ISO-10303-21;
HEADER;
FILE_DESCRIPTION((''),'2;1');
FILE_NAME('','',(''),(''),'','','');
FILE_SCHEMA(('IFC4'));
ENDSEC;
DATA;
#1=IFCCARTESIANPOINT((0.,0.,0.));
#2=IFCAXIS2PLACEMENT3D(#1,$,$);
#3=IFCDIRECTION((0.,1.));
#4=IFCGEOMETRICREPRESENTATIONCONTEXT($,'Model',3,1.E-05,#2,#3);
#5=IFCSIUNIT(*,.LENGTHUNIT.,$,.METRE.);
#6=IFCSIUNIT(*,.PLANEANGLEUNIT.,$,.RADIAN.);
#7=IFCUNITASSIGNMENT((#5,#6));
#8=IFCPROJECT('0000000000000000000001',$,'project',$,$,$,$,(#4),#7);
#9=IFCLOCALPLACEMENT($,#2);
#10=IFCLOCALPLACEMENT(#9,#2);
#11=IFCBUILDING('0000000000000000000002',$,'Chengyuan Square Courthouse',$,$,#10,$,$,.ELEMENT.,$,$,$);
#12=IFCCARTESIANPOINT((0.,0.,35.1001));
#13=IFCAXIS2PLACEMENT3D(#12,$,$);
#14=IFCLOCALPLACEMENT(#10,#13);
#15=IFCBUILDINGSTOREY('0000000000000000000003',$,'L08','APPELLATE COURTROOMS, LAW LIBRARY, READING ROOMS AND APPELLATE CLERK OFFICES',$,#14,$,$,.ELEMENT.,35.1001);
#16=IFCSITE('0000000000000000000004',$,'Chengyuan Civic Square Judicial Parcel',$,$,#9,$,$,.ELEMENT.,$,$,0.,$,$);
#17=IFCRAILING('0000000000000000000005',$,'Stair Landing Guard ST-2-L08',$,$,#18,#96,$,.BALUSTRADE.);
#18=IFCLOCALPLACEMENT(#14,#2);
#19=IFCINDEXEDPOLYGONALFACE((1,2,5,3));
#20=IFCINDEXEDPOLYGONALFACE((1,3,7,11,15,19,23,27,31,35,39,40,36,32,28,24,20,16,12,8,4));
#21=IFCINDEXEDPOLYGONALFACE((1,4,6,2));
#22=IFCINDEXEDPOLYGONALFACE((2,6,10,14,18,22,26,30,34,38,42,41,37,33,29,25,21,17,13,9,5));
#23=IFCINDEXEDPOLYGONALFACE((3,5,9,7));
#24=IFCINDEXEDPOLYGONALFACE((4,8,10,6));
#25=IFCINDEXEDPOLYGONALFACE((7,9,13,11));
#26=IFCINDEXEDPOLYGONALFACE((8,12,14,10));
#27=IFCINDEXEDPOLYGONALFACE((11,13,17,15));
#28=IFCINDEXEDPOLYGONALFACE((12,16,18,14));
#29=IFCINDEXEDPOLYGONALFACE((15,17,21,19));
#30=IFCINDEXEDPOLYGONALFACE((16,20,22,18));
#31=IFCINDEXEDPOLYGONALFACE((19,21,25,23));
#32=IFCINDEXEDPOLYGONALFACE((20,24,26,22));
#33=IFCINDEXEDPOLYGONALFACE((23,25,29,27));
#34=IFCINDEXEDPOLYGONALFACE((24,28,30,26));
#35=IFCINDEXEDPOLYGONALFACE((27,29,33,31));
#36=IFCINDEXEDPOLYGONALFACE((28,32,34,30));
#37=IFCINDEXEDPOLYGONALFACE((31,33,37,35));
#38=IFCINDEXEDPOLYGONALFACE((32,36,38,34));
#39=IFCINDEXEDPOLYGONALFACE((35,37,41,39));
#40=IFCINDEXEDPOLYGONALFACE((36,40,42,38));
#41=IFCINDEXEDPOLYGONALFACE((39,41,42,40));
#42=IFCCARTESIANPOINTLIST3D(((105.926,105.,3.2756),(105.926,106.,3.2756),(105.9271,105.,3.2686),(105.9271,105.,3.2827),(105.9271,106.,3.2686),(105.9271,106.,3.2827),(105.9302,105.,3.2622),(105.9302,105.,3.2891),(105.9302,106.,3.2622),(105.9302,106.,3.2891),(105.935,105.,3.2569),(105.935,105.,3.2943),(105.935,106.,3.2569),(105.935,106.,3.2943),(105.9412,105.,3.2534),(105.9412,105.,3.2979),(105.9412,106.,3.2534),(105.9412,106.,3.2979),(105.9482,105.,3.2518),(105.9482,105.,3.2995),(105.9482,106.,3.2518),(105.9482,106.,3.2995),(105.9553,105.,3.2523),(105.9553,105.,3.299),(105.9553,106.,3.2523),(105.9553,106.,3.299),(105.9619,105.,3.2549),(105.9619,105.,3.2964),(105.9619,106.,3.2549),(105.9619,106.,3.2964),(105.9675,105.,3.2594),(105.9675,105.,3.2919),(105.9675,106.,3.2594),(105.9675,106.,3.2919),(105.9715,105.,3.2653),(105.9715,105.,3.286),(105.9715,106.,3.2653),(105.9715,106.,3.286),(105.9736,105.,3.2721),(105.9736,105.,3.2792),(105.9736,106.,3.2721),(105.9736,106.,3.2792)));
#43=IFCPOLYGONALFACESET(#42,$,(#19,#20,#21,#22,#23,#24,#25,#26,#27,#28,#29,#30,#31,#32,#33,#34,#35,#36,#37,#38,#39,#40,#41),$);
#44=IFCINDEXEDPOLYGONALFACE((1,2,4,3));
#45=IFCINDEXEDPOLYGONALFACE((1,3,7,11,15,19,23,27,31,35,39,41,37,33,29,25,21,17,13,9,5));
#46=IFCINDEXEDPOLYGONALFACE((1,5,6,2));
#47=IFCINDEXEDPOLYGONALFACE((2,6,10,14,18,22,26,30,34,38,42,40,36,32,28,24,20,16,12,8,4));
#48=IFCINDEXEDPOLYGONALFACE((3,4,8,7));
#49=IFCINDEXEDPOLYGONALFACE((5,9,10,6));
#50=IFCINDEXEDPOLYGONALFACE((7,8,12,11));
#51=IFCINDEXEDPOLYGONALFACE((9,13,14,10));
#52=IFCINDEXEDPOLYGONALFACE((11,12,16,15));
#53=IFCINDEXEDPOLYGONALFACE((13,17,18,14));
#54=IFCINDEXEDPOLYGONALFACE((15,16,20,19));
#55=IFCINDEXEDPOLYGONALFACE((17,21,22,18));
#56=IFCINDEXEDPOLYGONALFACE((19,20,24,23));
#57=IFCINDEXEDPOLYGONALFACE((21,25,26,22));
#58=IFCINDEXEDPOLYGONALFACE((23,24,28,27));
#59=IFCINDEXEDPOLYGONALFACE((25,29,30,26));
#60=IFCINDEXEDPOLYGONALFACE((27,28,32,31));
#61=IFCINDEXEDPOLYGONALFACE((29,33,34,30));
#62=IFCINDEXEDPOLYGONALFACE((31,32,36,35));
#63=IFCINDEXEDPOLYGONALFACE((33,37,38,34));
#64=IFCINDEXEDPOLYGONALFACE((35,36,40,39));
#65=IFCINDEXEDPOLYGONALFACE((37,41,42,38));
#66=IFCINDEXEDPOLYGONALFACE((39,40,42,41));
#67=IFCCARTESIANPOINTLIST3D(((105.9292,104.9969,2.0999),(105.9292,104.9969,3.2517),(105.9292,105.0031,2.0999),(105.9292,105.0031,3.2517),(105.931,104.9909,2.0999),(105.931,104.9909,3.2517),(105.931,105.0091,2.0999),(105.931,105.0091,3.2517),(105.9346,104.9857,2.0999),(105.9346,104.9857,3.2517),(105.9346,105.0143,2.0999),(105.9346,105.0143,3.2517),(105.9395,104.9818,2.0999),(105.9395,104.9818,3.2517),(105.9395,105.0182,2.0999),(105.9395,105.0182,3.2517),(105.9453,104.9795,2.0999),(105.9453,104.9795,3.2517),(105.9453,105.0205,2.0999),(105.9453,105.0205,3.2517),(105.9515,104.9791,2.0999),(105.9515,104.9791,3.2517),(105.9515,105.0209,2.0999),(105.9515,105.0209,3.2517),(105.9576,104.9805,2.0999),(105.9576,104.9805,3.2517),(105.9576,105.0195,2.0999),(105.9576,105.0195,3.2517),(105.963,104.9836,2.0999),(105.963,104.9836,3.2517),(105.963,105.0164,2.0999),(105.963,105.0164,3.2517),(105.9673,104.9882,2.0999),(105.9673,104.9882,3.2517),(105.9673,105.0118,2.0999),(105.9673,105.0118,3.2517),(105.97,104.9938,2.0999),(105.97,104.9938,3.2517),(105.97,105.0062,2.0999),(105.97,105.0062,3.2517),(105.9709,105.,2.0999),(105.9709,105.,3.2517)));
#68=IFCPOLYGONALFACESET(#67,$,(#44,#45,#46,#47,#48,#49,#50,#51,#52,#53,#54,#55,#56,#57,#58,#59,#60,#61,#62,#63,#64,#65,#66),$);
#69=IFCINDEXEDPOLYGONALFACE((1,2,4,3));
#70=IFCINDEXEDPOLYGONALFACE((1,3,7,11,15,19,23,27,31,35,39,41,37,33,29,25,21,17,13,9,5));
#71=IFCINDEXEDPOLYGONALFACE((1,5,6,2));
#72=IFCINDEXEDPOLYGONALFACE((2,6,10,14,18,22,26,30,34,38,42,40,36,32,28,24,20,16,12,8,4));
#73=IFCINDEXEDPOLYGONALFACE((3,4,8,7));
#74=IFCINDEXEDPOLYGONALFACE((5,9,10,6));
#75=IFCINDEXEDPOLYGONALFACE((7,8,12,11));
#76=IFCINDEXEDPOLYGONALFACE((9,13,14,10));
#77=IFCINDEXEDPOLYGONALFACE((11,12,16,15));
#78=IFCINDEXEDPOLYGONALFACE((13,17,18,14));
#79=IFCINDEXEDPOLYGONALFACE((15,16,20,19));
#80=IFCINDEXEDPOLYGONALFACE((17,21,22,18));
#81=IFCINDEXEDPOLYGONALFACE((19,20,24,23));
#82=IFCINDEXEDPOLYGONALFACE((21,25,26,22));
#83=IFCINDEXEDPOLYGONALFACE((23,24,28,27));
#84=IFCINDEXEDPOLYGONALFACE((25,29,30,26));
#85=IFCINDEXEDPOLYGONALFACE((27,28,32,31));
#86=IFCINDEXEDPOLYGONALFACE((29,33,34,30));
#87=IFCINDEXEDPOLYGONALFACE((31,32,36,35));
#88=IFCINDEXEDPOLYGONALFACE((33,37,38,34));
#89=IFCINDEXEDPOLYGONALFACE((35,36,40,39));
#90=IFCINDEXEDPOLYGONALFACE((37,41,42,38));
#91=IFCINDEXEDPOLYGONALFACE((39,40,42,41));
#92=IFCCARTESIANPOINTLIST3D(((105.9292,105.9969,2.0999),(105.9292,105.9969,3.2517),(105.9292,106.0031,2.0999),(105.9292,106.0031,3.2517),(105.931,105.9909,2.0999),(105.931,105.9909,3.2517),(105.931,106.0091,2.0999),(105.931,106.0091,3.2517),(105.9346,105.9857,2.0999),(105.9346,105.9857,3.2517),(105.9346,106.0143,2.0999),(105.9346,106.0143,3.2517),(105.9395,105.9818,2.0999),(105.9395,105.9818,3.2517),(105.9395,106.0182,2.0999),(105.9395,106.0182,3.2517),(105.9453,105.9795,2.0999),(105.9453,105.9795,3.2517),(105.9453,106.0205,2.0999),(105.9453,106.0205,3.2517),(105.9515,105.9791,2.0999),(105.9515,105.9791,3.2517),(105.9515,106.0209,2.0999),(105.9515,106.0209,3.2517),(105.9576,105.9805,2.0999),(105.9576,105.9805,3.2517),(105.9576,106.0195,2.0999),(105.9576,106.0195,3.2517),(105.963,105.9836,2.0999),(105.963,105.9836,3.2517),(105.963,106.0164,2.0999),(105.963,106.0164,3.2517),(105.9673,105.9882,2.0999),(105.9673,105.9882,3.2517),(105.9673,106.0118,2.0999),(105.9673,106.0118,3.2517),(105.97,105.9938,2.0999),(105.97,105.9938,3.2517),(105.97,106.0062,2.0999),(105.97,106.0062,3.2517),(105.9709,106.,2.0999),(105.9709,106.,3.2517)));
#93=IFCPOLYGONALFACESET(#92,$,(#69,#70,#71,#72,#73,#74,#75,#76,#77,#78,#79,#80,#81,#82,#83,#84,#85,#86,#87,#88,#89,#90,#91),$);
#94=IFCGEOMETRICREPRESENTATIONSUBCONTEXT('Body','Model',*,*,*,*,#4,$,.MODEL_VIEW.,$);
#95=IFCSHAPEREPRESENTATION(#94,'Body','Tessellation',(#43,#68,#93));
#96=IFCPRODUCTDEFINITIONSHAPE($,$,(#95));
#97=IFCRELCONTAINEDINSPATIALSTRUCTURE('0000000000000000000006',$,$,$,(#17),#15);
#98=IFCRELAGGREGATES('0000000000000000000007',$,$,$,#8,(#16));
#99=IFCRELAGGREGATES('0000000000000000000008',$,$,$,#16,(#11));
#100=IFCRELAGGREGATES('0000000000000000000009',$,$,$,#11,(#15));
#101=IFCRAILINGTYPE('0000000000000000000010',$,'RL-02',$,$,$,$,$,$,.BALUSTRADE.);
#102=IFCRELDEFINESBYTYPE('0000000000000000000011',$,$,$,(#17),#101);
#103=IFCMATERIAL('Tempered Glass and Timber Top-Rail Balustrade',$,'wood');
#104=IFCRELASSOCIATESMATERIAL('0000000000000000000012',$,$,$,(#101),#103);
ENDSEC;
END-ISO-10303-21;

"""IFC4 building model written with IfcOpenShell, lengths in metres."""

from ifc_helpers import new_model, si_unit, direction, frame, origin, origin_2d, place, context, subcontext, project, spatial, circle, extrude, material, type_object, element, save


model = new_model("IFC4")

# Units and contexts
model_context = context("Model", 3, precision=1e-05, world=origin(), true_north=direction((0.0, 1.0)))
body_context = subcontext(model_context, "Body", "Model", "MODEL_VIEW")
ifc_project = project(units=[si_unit("LENGTHUNIT", "METRE"), si_unit("PLANEANGLEUNIT", "RADIAN")], contexts=[model_context])

# Site, building, storey
site_placement = place(None, origin())
site = spatial("IfcSite", under=ifc_project, at=site_placement, Name="Chengyuan Civic Square Judicial Parcel", CompositionType="ELEMENT", RefElevation=0.0)
building_placement = place(site_placement, origin())
building = spatial("IfcBuilding", under=site, at=building_placement, Name="Chengyuan Square Courthouse", CompositionType="ELEMENT")
storey_placement = place(building_placement, frame((0.0, 0.0, 35.1001)))
storey = spatial("IfcBuildingStorey", under=building, at=storey_placement, Name="L08", Description="APPELLATE COURTROOMS, LAW LIBRARY, READING ROOMS AND APPELLATE CLERK OFFICES", CompositionType="ELEMENT", Elevation=35.1001)

# Railing
ifc_material_1 = material(Name="Tempered Glass and Timber Top-Rail Balustrade", Category="wood")
railing_type_1 = type_object("IfcRailingType", Name="RL-02", PredefinedType="BALUSTRADE", material=ifc_material_1)
railing_1_placement = place(storey_placement, frame((105.95, 105.0, 2.0999)))
element("IfcRailing", 1, at=railing_1_placement, inside=storey, type_object=railing_type_1, Name="Stair Landing Guard ST-2-L08", PredefinedType="BALUSTRADE", context=body_context, shape_type="SweptSolid", body=[
    extrude(circle(Radius=0.0239, at=origin_2d()), frame((0.0, 0.0, 1.1758), z_axis=(0.0, 1.0, 0.0), x_axis=(-1.0, 0.0, 0.0)), (0.0, 0.0, 1.0), 1.0),
    extrude(circle(Radius=0.021, at=origin_2d()), origin(), (0.0, 0.0, 1.0), 1.1519),
    extrude(circle(Radius=0.021, at=origin_2d()), frame((0.0, 1.0, 0.0)), (0.0, 0.0, 1.0), 1.1519),
])

save(model, "model.ifc")
